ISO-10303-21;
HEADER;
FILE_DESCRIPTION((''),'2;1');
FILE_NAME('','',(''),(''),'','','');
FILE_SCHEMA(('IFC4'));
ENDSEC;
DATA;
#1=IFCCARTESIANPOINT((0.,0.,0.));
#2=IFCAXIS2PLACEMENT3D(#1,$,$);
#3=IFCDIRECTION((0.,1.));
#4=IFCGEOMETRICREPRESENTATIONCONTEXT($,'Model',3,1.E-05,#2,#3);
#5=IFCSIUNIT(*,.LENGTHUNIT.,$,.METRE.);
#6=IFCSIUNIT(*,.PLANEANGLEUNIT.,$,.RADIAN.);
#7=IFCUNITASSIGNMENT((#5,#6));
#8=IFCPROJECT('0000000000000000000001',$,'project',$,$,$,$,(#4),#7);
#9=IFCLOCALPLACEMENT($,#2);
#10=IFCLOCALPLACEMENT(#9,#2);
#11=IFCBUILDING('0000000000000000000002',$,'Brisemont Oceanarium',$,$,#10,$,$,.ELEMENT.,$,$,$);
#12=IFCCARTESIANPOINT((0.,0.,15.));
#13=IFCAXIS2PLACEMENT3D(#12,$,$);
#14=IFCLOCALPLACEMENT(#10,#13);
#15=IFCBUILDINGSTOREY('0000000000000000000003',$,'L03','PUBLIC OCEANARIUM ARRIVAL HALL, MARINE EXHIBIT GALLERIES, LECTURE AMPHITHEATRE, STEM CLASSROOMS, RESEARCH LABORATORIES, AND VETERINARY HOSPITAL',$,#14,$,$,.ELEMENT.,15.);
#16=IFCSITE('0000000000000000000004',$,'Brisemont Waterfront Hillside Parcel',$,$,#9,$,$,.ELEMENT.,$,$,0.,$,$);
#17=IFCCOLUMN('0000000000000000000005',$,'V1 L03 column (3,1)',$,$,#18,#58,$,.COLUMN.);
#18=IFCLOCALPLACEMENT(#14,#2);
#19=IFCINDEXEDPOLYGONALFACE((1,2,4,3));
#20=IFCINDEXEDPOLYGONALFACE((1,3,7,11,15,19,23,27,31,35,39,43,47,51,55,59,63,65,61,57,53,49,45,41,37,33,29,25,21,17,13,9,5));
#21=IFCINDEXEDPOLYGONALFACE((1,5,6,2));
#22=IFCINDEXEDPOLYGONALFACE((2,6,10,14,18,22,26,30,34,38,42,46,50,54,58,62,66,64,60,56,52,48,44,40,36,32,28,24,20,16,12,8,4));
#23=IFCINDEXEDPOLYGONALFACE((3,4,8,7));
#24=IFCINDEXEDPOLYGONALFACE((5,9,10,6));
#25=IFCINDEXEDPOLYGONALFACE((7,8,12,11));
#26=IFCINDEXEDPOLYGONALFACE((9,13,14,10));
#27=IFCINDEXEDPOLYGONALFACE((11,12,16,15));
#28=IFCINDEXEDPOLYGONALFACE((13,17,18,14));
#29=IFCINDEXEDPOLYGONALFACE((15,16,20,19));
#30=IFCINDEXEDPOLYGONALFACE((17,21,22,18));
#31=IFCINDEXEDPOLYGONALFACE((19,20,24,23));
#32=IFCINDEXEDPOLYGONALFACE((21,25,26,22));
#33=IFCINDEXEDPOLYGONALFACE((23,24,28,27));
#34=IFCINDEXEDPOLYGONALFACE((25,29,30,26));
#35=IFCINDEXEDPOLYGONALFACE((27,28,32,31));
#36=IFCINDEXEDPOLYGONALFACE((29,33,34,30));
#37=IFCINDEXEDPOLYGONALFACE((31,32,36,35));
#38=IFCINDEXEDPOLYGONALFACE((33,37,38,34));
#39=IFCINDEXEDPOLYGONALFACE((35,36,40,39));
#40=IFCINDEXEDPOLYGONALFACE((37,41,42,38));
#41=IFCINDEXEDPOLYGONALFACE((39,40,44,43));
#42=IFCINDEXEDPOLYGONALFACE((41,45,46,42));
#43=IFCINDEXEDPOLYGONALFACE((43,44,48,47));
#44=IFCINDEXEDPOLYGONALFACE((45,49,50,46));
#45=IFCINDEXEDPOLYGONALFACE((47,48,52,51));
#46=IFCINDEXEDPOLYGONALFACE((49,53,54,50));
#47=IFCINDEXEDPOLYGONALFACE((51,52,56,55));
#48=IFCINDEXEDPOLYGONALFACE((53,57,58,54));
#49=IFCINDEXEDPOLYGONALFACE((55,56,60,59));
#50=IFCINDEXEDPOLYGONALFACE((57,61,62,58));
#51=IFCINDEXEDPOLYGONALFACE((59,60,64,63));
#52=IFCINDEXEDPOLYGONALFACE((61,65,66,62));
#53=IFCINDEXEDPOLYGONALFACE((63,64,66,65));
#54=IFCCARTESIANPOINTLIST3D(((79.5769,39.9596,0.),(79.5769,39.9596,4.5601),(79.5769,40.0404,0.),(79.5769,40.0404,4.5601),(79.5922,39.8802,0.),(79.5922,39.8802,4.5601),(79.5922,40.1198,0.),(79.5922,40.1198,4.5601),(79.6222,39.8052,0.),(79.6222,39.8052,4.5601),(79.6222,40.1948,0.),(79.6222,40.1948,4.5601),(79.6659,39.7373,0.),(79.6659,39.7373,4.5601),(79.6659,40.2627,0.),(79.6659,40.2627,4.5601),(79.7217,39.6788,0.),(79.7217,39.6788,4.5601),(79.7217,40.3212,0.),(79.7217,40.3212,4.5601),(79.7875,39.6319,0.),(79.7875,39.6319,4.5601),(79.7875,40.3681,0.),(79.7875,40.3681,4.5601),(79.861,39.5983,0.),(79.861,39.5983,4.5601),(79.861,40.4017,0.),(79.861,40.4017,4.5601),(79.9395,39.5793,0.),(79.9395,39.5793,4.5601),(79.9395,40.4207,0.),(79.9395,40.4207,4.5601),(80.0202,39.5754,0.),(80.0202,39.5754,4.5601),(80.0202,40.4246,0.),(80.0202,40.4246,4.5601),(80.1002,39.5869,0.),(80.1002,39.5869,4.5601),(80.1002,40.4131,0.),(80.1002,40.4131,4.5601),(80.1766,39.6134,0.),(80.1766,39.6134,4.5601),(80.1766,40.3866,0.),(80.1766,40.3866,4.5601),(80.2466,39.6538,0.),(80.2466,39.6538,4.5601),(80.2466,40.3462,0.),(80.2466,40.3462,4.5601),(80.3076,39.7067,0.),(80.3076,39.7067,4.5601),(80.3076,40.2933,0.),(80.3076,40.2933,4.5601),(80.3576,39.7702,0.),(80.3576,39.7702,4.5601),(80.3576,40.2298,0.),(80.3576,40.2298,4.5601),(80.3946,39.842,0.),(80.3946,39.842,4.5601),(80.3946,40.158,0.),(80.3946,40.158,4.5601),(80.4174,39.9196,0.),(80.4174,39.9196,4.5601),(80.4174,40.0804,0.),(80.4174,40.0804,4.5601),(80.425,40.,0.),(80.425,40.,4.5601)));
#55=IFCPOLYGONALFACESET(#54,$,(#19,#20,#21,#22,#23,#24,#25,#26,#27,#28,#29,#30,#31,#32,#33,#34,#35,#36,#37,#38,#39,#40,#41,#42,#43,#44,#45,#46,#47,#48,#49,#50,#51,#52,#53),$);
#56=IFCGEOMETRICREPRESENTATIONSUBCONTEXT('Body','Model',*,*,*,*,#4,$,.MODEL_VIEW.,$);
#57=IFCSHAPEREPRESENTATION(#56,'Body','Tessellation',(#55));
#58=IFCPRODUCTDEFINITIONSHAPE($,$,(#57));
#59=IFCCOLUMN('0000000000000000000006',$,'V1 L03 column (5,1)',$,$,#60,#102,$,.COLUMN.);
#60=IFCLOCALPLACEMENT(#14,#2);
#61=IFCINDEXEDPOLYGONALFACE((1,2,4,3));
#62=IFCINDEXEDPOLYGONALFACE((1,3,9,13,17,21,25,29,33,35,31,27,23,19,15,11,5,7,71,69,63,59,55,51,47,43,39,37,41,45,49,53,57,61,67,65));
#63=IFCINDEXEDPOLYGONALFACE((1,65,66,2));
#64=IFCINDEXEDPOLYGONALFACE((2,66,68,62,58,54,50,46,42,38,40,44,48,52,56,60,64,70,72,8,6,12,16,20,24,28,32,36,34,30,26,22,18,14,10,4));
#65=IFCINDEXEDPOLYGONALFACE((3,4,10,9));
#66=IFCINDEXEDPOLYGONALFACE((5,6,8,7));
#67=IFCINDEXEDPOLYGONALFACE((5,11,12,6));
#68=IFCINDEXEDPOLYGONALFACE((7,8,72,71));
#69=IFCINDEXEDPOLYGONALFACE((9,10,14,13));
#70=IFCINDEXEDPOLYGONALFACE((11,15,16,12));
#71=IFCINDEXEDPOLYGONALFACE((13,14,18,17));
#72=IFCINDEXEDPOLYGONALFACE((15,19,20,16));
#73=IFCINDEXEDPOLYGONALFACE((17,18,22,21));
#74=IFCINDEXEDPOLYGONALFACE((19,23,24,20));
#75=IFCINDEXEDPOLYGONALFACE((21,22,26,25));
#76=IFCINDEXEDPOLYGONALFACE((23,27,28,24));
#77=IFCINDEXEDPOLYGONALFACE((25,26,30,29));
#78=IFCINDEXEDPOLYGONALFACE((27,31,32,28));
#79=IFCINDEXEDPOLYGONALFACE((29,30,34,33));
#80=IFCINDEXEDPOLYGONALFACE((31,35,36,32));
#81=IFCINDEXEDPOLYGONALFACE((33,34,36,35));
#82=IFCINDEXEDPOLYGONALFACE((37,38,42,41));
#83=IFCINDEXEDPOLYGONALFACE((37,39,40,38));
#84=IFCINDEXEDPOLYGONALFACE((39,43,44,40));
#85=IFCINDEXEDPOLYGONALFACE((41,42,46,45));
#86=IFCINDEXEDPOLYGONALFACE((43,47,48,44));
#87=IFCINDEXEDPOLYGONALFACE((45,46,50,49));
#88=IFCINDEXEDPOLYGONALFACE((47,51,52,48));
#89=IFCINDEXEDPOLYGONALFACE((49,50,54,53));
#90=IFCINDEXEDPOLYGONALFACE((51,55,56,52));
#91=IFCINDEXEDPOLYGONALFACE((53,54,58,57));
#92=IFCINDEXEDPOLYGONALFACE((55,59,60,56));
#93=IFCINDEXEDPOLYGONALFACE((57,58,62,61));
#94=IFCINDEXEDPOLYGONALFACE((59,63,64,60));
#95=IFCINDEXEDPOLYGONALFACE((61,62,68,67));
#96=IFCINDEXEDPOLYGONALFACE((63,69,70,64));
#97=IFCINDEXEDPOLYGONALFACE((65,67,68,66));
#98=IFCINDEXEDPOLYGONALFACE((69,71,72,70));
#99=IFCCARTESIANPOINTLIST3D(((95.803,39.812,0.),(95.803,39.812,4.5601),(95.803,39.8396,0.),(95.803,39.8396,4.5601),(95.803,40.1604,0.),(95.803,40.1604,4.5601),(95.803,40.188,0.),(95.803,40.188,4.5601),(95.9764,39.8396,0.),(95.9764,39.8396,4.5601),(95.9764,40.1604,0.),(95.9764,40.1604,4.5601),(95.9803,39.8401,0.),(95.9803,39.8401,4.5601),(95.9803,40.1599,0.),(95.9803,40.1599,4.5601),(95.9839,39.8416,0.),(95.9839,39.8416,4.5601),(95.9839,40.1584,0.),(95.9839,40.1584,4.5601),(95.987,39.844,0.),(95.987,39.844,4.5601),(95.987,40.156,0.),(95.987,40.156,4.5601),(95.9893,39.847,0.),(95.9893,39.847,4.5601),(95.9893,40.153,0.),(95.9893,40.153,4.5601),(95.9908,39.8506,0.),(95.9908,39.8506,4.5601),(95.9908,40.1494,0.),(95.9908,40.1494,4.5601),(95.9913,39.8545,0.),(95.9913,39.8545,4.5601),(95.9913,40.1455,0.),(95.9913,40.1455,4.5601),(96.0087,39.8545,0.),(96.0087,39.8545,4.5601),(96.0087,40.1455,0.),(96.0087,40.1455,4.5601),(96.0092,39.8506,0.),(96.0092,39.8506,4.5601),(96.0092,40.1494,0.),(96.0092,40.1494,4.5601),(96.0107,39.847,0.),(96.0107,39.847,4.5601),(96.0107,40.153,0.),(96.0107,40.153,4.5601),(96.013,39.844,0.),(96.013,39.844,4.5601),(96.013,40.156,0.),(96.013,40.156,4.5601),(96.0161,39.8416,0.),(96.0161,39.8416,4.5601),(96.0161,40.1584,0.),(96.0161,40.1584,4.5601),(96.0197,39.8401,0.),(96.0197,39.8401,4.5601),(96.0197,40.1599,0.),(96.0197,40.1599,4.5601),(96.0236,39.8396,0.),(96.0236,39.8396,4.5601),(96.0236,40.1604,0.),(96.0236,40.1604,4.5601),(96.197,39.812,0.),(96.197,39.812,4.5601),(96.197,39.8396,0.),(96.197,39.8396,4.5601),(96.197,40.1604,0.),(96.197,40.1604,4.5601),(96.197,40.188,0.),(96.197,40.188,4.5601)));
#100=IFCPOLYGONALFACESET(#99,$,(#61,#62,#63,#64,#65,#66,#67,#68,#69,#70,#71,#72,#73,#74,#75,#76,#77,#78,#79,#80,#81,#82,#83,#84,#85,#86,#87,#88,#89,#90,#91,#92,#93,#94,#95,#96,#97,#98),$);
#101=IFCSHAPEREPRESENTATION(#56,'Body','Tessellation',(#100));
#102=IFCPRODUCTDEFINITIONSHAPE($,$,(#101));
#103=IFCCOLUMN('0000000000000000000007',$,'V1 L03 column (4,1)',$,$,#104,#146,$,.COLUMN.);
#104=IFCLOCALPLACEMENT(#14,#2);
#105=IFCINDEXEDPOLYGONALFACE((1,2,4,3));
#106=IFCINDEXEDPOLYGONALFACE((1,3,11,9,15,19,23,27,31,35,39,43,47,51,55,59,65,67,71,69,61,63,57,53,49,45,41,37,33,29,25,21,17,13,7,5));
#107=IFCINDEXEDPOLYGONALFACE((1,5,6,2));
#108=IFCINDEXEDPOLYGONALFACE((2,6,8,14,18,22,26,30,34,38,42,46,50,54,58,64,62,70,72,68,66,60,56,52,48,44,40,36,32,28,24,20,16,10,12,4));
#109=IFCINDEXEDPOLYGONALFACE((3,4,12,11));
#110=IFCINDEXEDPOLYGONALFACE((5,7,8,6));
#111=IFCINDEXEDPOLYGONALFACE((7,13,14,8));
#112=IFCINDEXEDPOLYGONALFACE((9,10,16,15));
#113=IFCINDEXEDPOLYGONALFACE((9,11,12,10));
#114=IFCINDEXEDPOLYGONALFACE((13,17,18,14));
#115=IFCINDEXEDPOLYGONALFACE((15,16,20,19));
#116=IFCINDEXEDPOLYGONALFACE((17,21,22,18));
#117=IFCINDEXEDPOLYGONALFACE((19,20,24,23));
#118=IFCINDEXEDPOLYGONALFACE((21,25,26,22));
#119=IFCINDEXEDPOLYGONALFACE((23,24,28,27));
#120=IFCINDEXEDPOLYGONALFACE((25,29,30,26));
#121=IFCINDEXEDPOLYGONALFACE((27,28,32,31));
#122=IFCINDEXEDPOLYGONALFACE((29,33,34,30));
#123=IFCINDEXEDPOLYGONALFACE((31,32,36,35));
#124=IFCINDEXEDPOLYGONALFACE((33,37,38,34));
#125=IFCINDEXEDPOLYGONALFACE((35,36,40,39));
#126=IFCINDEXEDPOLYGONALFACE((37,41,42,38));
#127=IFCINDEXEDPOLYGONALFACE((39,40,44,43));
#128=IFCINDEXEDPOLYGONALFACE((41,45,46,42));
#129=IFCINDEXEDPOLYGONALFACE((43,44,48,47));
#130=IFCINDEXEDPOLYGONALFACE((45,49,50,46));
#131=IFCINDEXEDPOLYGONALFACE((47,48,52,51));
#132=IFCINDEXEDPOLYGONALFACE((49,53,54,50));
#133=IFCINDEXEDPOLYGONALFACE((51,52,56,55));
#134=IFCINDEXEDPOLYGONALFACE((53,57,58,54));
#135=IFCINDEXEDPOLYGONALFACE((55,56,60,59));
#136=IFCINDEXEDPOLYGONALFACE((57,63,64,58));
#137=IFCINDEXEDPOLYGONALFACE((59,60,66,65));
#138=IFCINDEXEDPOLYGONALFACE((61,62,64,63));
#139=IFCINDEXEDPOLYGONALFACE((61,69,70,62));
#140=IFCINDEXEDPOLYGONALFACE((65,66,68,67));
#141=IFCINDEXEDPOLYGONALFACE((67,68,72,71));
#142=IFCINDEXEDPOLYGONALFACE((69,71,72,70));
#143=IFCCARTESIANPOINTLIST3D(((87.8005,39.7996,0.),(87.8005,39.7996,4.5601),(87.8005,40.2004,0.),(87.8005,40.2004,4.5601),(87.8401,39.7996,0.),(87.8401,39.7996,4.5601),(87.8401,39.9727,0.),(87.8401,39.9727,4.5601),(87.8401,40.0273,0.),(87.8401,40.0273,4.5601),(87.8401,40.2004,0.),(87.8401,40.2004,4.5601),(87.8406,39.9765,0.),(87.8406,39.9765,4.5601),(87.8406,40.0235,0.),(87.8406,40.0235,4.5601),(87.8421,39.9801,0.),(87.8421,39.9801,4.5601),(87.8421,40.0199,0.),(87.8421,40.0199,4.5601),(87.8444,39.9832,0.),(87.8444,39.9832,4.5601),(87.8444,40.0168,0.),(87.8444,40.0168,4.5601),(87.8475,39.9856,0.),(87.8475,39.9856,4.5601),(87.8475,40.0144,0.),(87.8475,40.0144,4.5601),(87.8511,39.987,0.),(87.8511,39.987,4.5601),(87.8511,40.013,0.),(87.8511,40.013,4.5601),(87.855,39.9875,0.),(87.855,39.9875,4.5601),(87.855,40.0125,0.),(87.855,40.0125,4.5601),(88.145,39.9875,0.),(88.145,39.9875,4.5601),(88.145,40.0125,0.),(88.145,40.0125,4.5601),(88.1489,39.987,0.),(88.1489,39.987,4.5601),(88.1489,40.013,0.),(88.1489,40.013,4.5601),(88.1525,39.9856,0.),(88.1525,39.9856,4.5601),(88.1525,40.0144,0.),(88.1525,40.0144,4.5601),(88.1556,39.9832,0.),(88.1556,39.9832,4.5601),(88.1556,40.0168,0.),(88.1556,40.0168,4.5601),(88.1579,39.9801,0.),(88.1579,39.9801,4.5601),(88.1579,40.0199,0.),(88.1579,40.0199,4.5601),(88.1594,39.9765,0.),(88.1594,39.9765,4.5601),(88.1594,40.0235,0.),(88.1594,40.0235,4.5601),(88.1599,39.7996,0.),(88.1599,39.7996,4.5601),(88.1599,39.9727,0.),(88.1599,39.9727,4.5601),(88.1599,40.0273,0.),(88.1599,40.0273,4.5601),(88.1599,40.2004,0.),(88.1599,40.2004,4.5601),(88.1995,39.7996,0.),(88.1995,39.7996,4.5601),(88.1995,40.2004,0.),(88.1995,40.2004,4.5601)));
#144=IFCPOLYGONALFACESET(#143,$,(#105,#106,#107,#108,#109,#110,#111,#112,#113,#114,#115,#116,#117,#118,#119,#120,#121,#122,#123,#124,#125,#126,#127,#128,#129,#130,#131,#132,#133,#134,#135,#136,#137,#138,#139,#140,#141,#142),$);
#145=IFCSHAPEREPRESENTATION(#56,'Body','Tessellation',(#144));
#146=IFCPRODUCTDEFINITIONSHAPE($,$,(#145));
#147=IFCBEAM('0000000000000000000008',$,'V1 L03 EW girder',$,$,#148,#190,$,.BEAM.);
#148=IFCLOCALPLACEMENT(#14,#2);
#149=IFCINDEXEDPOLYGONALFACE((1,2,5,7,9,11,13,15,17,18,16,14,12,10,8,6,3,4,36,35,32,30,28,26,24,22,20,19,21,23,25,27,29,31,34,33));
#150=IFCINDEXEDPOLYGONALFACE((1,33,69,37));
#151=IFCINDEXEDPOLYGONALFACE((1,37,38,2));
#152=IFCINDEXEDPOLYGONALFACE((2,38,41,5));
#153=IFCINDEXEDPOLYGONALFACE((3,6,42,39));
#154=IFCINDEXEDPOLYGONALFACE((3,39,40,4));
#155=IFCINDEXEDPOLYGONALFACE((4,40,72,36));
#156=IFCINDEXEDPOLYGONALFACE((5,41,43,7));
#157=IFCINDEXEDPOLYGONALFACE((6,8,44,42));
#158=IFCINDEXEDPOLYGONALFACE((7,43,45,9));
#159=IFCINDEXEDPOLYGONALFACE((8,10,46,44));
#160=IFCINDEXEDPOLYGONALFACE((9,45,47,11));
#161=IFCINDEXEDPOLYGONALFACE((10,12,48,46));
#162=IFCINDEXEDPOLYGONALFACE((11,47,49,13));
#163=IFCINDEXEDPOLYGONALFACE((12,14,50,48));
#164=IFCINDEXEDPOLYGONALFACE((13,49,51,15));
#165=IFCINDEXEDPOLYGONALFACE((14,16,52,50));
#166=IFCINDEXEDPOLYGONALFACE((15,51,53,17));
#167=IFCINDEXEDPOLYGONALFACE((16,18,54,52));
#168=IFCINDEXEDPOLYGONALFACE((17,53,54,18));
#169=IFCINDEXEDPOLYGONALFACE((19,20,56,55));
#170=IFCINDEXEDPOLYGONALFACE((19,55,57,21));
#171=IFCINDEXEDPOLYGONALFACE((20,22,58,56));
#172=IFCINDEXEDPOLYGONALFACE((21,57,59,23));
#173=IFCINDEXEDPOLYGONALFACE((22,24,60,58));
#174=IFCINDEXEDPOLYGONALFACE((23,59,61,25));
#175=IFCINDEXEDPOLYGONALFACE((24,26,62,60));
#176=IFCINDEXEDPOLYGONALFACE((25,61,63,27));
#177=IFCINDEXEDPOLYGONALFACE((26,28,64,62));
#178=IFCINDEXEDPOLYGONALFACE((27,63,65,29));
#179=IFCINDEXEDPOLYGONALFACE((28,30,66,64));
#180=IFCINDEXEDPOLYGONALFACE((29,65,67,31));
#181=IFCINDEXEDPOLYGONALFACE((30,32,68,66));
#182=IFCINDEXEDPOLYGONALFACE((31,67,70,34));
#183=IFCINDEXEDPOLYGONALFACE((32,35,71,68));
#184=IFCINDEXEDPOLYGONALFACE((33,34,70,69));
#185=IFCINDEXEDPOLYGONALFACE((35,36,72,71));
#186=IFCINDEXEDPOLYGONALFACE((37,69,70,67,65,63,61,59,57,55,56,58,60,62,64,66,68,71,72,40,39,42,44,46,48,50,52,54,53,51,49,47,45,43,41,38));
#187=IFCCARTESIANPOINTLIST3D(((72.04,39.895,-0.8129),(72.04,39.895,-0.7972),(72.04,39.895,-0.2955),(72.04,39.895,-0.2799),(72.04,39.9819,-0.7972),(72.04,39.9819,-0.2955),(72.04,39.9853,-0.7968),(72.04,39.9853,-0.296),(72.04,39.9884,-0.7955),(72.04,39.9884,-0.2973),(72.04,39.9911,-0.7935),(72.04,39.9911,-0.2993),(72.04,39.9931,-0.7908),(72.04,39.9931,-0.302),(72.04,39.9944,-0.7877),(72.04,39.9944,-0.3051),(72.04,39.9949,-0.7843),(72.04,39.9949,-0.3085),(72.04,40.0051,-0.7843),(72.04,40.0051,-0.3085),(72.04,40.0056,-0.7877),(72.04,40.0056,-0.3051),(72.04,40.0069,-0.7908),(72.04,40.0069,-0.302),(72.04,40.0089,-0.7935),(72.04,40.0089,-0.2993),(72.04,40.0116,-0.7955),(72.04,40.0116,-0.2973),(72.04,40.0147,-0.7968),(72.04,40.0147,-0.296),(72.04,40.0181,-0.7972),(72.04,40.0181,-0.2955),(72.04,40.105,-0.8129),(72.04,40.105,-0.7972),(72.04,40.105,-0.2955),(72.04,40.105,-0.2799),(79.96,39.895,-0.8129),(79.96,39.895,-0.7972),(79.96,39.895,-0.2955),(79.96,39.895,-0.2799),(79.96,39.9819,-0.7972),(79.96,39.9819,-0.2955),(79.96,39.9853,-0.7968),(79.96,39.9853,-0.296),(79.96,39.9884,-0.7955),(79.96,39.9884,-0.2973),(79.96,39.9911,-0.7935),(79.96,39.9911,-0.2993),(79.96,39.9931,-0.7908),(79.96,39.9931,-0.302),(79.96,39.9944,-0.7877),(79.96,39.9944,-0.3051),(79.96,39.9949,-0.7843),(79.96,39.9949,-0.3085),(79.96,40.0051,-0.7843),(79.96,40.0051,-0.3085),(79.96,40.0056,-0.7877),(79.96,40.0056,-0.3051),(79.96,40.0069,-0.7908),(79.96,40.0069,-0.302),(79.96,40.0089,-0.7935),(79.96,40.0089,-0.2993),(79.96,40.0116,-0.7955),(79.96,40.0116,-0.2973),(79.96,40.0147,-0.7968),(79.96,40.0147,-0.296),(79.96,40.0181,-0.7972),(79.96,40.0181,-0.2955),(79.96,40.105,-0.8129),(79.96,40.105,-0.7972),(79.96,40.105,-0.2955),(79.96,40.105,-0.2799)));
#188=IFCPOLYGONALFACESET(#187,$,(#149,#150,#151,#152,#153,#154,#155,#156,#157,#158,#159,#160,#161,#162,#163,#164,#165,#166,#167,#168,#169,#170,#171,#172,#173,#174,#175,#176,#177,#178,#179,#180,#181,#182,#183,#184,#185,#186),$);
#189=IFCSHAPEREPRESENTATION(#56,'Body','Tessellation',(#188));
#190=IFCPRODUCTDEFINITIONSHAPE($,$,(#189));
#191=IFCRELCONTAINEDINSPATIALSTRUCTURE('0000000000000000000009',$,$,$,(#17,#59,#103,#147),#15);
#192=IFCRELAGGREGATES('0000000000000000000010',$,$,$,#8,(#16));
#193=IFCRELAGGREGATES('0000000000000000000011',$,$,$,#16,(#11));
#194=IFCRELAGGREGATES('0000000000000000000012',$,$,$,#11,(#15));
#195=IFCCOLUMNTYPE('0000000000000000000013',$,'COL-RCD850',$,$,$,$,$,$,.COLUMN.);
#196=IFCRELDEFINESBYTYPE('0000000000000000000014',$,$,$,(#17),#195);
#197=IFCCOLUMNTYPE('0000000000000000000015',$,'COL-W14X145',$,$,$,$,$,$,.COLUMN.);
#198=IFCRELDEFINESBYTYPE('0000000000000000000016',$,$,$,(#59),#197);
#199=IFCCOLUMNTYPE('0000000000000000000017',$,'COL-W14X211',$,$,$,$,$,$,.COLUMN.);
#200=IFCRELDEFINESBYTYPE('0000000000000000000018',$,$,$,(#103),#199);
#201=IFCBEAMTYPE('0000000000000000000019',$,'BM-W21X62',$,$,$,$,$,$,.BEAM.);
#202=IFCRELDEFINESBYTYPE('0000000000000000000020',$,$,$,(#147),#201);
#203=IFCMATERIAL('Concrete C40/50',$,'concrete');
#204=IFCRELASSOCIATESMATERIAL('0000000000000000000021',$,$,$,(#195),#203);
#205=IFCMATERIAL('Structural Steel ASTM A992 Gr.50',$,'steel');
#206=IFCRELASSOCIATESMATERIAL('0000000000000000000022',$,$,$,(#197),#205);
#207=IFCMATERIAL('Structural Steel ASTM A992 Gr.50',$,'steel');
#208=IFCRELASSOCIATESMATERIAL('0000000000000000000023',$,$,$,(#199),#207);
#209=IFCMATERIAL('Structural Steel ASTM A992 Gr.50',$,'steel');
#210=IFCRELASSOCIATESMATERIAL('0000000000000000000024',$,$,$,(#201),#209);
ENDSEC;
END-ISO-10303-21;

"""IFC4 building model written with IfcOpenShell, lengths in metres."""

from ifc_helpers import new_model, si_unit, direction, frame, origin, origin_2d, place, context, subcontext, project, spatial, circle, i_section, extrude, material, material_profile, profile_set, type_object, element, save


model = new_model("IFC4")

# Units and contexts
model_context = context("Model", 3, precision=1e-05, world=origin(), true_north=direction((0.0, 1.0)))
body_context = subcontext(model_context, "Body", "Model", "MODEL_VIEW")
ifc_project = project(units=[si_unit("LENGTHUNIT", "METRE"), si_unit("PLANEANGLEUNIT", "RADIAN")], contexts=[model_context])

# Site, building, storey
site_placement = place(None, origin())
site = spatial("IfcSite", under=ifc_project, at=site_placement, Name="Brisemont Waterfront Hillside Parcel", CompositionType="ELEMENT", RefElevation=0.0)
building_placement = place(site_placement, origin())
building = spatial("IfcBuilding", under=site, at=building_placement, Name="Brisemont Oceanarium", CompositionType="ELEMENT")
storey_placement = place(building_placement, frame((0.0, 0.0, 15.0)))
storey = spatial("IfcBuildingStorey", under=building, at=storey_placement, Name="L03", Description="PUBLIC OCEANARIUM ARRIVAL HALL, MARINE EXHIBIT GALLERIES, LECTURE AMPHITHEATRE, STEM CLASSROOMS, RESEARCH LABORATORIES, AND VETERINARY HOSPITAL", CompositionType="ELEMENT", Elevation=15.0)

# Columns
ifc_material_1 = material(Name="Concrete C40/50", Category="concrete")
ifc_material_profile_1 = material_profile(ifc_material_1, circle(Radius=0.425, at=origin_2d()), Name="RC-COL-D850")
ifc_profile_set_1 = profile_set([ifc_material_profile_1], Name="Concrete C40/50")
column_type_1 = type_object("IfcColumnType", Name="COL-RCD850", PredefinedType="COLUMN", material=ifc_profile_set_1)
column_1_placement = place(storey_placement, frame((80.0, 40.0, 0.0), z_axis=(0.0, 0.0, 1.0), x_axis=(1.0, 0.0, 0.0)))
element("IfcColumn", 1, at=column_1_placement, inside=storey, type_object=column_type_1, Name="V1 L03 column (3,1)", PredefinedType="COLUMN", context=body_context, shape_type="SweptSolid", body=[
    extrude(circle(Radius=0.425, at=origin_2d()), origin(), (0.0, 0.0, 1.0), 4.5601),
])
ifc_material_2 = material(Name="Structural Steel ASTM A992 Gr.50", Category="steel")
ifc_material_profile_2 = material_profile(ifc_material_2, i_section(OverallWidth=0.394, OverallDepth=0.376, WebThickness=0.0173, FlangeThickness=0.0276, FilletRadius=0.0149, at=origin_2d()), Name="W14X145")
ifc_profile_set_2 = profile_set([ifc_material_profile_2], Name="Structural Steel ASTM A992 Gr.50")
column_type_2 = type_object("IfcColumnType", Name="COL-W14X145", PredefinedType="COLUMN", material=ifc_profile_set_2)
column_2_placement = place(storey_placement, frame((96.0, 40.0, 0.0), z_axis=(0.0, 0.0, 1.0), x_axis=(1.0, 0.0, 0.0)))
element("IfcColumn", 2, at=column_2_placement, inside=storey, type_object=column_type_2, Name="V1 L03 column (5,1)", PredefinedType="COLUMN", context=body_context, shape_type="SweptSolid", body=[
    extrude(i_section(OverallWidth=0.394, OverallDepth=0.376, WebThickness=0.0173, FlangeThickness=0.0276, FilletRadius=0.0149, at=origin_2d()), origin(), (0.0, 0.0, 1.0), 4.5601),
])
ifc_material_3 = material(Name="Structural Steel ASTM A992 Gr.50", Category="steel")
ifc_material_profile_3 = material_profile(ifc_material_3, i_section(OverallWidth=0.4009, OverallDepth=0.3989, WebThickness=0.0249, FlangeThickness=0.0396, FilletRadius=0.0149, at=origin_2d()), Name="W14X211")
ifc_profile_set_3 = profile_set([ifc_material_profile_3], Name="Structural Steel ASTM A992 Gr.50")
column_type_3 = type_object("IfcColumnType", Name="COL-W14X211", PredefinedType="COLUMN", material=ifc_profile_set_3)
column_3_placement = place(storey_placement, frame((88.0, 40.0, 0.0), z_axis=(0.0, 0.0, 1.0), x_axis=(0.0, 1.0, 0.0)))
element("IfcColumn", 3, at=column_3_placement, inside=storey, type_object=column_type_3, Name="V1 L03 column (4,1)", PredefinedType="COLUMN", context=body_context, shape_type="SweptSolid", body=[
    extrude(i_section(OverallWidth=0.4009, OverallDepth=0.3989, WebThickness=0.0249, FlangeThickness=0.0396, FilletRadius=0.0149, at=origin_2d()), origin(), (0.0, 0.0, 1.0), 4.5601),
])

# Beam
ifc_material_4 = material(Name="Structural Steel ASTM A992 Gr.50", Category="steel")
ifc_material_profile_4 = material_profile(ifc_material_4, i_section(OverallWidth=0.21, OverallDepth=0.533, WebThickness=0.0103, FlangeThickness=0.0156, FilletRadius=0.0129, at=origin_2d()), Name="W21X62")
ifc_profile_set_4 = profile_set([ifc_material_profile_4], Name="Structural Steel ASTM A992 Gr.50")
beam_type_1 = type_object("IfcBeamType", Name="BM-W21X62", PredefinedType="BEAM", material=ifc_profile_set_4)
beam_1_placement = place(storey_placement, frame((72.04, 40.0, -0.5464), z_axis=(1.0, 0.0, 0.0), x_axis=(0.0, 1.0, 0.0)))
element("IfcBeam", 4, at=beam_1_placement, inside=storey, type_object=beam_type_1, Name="V1 L03 EW girder", PredefinedType="BEAM", context=body_context, shape_type="SweptSolid", body=[
    extrude(i_section(OverallWidth=0.21, OverallDepth=0.533, WebThickness=0.0103, FlangeThickness=0.0156, FilletRadius=0.0129, at=origin_2d()), origin(), (0.0, 0.0, 1.0), 7.9199),
])

save(model, "model.ifc")
